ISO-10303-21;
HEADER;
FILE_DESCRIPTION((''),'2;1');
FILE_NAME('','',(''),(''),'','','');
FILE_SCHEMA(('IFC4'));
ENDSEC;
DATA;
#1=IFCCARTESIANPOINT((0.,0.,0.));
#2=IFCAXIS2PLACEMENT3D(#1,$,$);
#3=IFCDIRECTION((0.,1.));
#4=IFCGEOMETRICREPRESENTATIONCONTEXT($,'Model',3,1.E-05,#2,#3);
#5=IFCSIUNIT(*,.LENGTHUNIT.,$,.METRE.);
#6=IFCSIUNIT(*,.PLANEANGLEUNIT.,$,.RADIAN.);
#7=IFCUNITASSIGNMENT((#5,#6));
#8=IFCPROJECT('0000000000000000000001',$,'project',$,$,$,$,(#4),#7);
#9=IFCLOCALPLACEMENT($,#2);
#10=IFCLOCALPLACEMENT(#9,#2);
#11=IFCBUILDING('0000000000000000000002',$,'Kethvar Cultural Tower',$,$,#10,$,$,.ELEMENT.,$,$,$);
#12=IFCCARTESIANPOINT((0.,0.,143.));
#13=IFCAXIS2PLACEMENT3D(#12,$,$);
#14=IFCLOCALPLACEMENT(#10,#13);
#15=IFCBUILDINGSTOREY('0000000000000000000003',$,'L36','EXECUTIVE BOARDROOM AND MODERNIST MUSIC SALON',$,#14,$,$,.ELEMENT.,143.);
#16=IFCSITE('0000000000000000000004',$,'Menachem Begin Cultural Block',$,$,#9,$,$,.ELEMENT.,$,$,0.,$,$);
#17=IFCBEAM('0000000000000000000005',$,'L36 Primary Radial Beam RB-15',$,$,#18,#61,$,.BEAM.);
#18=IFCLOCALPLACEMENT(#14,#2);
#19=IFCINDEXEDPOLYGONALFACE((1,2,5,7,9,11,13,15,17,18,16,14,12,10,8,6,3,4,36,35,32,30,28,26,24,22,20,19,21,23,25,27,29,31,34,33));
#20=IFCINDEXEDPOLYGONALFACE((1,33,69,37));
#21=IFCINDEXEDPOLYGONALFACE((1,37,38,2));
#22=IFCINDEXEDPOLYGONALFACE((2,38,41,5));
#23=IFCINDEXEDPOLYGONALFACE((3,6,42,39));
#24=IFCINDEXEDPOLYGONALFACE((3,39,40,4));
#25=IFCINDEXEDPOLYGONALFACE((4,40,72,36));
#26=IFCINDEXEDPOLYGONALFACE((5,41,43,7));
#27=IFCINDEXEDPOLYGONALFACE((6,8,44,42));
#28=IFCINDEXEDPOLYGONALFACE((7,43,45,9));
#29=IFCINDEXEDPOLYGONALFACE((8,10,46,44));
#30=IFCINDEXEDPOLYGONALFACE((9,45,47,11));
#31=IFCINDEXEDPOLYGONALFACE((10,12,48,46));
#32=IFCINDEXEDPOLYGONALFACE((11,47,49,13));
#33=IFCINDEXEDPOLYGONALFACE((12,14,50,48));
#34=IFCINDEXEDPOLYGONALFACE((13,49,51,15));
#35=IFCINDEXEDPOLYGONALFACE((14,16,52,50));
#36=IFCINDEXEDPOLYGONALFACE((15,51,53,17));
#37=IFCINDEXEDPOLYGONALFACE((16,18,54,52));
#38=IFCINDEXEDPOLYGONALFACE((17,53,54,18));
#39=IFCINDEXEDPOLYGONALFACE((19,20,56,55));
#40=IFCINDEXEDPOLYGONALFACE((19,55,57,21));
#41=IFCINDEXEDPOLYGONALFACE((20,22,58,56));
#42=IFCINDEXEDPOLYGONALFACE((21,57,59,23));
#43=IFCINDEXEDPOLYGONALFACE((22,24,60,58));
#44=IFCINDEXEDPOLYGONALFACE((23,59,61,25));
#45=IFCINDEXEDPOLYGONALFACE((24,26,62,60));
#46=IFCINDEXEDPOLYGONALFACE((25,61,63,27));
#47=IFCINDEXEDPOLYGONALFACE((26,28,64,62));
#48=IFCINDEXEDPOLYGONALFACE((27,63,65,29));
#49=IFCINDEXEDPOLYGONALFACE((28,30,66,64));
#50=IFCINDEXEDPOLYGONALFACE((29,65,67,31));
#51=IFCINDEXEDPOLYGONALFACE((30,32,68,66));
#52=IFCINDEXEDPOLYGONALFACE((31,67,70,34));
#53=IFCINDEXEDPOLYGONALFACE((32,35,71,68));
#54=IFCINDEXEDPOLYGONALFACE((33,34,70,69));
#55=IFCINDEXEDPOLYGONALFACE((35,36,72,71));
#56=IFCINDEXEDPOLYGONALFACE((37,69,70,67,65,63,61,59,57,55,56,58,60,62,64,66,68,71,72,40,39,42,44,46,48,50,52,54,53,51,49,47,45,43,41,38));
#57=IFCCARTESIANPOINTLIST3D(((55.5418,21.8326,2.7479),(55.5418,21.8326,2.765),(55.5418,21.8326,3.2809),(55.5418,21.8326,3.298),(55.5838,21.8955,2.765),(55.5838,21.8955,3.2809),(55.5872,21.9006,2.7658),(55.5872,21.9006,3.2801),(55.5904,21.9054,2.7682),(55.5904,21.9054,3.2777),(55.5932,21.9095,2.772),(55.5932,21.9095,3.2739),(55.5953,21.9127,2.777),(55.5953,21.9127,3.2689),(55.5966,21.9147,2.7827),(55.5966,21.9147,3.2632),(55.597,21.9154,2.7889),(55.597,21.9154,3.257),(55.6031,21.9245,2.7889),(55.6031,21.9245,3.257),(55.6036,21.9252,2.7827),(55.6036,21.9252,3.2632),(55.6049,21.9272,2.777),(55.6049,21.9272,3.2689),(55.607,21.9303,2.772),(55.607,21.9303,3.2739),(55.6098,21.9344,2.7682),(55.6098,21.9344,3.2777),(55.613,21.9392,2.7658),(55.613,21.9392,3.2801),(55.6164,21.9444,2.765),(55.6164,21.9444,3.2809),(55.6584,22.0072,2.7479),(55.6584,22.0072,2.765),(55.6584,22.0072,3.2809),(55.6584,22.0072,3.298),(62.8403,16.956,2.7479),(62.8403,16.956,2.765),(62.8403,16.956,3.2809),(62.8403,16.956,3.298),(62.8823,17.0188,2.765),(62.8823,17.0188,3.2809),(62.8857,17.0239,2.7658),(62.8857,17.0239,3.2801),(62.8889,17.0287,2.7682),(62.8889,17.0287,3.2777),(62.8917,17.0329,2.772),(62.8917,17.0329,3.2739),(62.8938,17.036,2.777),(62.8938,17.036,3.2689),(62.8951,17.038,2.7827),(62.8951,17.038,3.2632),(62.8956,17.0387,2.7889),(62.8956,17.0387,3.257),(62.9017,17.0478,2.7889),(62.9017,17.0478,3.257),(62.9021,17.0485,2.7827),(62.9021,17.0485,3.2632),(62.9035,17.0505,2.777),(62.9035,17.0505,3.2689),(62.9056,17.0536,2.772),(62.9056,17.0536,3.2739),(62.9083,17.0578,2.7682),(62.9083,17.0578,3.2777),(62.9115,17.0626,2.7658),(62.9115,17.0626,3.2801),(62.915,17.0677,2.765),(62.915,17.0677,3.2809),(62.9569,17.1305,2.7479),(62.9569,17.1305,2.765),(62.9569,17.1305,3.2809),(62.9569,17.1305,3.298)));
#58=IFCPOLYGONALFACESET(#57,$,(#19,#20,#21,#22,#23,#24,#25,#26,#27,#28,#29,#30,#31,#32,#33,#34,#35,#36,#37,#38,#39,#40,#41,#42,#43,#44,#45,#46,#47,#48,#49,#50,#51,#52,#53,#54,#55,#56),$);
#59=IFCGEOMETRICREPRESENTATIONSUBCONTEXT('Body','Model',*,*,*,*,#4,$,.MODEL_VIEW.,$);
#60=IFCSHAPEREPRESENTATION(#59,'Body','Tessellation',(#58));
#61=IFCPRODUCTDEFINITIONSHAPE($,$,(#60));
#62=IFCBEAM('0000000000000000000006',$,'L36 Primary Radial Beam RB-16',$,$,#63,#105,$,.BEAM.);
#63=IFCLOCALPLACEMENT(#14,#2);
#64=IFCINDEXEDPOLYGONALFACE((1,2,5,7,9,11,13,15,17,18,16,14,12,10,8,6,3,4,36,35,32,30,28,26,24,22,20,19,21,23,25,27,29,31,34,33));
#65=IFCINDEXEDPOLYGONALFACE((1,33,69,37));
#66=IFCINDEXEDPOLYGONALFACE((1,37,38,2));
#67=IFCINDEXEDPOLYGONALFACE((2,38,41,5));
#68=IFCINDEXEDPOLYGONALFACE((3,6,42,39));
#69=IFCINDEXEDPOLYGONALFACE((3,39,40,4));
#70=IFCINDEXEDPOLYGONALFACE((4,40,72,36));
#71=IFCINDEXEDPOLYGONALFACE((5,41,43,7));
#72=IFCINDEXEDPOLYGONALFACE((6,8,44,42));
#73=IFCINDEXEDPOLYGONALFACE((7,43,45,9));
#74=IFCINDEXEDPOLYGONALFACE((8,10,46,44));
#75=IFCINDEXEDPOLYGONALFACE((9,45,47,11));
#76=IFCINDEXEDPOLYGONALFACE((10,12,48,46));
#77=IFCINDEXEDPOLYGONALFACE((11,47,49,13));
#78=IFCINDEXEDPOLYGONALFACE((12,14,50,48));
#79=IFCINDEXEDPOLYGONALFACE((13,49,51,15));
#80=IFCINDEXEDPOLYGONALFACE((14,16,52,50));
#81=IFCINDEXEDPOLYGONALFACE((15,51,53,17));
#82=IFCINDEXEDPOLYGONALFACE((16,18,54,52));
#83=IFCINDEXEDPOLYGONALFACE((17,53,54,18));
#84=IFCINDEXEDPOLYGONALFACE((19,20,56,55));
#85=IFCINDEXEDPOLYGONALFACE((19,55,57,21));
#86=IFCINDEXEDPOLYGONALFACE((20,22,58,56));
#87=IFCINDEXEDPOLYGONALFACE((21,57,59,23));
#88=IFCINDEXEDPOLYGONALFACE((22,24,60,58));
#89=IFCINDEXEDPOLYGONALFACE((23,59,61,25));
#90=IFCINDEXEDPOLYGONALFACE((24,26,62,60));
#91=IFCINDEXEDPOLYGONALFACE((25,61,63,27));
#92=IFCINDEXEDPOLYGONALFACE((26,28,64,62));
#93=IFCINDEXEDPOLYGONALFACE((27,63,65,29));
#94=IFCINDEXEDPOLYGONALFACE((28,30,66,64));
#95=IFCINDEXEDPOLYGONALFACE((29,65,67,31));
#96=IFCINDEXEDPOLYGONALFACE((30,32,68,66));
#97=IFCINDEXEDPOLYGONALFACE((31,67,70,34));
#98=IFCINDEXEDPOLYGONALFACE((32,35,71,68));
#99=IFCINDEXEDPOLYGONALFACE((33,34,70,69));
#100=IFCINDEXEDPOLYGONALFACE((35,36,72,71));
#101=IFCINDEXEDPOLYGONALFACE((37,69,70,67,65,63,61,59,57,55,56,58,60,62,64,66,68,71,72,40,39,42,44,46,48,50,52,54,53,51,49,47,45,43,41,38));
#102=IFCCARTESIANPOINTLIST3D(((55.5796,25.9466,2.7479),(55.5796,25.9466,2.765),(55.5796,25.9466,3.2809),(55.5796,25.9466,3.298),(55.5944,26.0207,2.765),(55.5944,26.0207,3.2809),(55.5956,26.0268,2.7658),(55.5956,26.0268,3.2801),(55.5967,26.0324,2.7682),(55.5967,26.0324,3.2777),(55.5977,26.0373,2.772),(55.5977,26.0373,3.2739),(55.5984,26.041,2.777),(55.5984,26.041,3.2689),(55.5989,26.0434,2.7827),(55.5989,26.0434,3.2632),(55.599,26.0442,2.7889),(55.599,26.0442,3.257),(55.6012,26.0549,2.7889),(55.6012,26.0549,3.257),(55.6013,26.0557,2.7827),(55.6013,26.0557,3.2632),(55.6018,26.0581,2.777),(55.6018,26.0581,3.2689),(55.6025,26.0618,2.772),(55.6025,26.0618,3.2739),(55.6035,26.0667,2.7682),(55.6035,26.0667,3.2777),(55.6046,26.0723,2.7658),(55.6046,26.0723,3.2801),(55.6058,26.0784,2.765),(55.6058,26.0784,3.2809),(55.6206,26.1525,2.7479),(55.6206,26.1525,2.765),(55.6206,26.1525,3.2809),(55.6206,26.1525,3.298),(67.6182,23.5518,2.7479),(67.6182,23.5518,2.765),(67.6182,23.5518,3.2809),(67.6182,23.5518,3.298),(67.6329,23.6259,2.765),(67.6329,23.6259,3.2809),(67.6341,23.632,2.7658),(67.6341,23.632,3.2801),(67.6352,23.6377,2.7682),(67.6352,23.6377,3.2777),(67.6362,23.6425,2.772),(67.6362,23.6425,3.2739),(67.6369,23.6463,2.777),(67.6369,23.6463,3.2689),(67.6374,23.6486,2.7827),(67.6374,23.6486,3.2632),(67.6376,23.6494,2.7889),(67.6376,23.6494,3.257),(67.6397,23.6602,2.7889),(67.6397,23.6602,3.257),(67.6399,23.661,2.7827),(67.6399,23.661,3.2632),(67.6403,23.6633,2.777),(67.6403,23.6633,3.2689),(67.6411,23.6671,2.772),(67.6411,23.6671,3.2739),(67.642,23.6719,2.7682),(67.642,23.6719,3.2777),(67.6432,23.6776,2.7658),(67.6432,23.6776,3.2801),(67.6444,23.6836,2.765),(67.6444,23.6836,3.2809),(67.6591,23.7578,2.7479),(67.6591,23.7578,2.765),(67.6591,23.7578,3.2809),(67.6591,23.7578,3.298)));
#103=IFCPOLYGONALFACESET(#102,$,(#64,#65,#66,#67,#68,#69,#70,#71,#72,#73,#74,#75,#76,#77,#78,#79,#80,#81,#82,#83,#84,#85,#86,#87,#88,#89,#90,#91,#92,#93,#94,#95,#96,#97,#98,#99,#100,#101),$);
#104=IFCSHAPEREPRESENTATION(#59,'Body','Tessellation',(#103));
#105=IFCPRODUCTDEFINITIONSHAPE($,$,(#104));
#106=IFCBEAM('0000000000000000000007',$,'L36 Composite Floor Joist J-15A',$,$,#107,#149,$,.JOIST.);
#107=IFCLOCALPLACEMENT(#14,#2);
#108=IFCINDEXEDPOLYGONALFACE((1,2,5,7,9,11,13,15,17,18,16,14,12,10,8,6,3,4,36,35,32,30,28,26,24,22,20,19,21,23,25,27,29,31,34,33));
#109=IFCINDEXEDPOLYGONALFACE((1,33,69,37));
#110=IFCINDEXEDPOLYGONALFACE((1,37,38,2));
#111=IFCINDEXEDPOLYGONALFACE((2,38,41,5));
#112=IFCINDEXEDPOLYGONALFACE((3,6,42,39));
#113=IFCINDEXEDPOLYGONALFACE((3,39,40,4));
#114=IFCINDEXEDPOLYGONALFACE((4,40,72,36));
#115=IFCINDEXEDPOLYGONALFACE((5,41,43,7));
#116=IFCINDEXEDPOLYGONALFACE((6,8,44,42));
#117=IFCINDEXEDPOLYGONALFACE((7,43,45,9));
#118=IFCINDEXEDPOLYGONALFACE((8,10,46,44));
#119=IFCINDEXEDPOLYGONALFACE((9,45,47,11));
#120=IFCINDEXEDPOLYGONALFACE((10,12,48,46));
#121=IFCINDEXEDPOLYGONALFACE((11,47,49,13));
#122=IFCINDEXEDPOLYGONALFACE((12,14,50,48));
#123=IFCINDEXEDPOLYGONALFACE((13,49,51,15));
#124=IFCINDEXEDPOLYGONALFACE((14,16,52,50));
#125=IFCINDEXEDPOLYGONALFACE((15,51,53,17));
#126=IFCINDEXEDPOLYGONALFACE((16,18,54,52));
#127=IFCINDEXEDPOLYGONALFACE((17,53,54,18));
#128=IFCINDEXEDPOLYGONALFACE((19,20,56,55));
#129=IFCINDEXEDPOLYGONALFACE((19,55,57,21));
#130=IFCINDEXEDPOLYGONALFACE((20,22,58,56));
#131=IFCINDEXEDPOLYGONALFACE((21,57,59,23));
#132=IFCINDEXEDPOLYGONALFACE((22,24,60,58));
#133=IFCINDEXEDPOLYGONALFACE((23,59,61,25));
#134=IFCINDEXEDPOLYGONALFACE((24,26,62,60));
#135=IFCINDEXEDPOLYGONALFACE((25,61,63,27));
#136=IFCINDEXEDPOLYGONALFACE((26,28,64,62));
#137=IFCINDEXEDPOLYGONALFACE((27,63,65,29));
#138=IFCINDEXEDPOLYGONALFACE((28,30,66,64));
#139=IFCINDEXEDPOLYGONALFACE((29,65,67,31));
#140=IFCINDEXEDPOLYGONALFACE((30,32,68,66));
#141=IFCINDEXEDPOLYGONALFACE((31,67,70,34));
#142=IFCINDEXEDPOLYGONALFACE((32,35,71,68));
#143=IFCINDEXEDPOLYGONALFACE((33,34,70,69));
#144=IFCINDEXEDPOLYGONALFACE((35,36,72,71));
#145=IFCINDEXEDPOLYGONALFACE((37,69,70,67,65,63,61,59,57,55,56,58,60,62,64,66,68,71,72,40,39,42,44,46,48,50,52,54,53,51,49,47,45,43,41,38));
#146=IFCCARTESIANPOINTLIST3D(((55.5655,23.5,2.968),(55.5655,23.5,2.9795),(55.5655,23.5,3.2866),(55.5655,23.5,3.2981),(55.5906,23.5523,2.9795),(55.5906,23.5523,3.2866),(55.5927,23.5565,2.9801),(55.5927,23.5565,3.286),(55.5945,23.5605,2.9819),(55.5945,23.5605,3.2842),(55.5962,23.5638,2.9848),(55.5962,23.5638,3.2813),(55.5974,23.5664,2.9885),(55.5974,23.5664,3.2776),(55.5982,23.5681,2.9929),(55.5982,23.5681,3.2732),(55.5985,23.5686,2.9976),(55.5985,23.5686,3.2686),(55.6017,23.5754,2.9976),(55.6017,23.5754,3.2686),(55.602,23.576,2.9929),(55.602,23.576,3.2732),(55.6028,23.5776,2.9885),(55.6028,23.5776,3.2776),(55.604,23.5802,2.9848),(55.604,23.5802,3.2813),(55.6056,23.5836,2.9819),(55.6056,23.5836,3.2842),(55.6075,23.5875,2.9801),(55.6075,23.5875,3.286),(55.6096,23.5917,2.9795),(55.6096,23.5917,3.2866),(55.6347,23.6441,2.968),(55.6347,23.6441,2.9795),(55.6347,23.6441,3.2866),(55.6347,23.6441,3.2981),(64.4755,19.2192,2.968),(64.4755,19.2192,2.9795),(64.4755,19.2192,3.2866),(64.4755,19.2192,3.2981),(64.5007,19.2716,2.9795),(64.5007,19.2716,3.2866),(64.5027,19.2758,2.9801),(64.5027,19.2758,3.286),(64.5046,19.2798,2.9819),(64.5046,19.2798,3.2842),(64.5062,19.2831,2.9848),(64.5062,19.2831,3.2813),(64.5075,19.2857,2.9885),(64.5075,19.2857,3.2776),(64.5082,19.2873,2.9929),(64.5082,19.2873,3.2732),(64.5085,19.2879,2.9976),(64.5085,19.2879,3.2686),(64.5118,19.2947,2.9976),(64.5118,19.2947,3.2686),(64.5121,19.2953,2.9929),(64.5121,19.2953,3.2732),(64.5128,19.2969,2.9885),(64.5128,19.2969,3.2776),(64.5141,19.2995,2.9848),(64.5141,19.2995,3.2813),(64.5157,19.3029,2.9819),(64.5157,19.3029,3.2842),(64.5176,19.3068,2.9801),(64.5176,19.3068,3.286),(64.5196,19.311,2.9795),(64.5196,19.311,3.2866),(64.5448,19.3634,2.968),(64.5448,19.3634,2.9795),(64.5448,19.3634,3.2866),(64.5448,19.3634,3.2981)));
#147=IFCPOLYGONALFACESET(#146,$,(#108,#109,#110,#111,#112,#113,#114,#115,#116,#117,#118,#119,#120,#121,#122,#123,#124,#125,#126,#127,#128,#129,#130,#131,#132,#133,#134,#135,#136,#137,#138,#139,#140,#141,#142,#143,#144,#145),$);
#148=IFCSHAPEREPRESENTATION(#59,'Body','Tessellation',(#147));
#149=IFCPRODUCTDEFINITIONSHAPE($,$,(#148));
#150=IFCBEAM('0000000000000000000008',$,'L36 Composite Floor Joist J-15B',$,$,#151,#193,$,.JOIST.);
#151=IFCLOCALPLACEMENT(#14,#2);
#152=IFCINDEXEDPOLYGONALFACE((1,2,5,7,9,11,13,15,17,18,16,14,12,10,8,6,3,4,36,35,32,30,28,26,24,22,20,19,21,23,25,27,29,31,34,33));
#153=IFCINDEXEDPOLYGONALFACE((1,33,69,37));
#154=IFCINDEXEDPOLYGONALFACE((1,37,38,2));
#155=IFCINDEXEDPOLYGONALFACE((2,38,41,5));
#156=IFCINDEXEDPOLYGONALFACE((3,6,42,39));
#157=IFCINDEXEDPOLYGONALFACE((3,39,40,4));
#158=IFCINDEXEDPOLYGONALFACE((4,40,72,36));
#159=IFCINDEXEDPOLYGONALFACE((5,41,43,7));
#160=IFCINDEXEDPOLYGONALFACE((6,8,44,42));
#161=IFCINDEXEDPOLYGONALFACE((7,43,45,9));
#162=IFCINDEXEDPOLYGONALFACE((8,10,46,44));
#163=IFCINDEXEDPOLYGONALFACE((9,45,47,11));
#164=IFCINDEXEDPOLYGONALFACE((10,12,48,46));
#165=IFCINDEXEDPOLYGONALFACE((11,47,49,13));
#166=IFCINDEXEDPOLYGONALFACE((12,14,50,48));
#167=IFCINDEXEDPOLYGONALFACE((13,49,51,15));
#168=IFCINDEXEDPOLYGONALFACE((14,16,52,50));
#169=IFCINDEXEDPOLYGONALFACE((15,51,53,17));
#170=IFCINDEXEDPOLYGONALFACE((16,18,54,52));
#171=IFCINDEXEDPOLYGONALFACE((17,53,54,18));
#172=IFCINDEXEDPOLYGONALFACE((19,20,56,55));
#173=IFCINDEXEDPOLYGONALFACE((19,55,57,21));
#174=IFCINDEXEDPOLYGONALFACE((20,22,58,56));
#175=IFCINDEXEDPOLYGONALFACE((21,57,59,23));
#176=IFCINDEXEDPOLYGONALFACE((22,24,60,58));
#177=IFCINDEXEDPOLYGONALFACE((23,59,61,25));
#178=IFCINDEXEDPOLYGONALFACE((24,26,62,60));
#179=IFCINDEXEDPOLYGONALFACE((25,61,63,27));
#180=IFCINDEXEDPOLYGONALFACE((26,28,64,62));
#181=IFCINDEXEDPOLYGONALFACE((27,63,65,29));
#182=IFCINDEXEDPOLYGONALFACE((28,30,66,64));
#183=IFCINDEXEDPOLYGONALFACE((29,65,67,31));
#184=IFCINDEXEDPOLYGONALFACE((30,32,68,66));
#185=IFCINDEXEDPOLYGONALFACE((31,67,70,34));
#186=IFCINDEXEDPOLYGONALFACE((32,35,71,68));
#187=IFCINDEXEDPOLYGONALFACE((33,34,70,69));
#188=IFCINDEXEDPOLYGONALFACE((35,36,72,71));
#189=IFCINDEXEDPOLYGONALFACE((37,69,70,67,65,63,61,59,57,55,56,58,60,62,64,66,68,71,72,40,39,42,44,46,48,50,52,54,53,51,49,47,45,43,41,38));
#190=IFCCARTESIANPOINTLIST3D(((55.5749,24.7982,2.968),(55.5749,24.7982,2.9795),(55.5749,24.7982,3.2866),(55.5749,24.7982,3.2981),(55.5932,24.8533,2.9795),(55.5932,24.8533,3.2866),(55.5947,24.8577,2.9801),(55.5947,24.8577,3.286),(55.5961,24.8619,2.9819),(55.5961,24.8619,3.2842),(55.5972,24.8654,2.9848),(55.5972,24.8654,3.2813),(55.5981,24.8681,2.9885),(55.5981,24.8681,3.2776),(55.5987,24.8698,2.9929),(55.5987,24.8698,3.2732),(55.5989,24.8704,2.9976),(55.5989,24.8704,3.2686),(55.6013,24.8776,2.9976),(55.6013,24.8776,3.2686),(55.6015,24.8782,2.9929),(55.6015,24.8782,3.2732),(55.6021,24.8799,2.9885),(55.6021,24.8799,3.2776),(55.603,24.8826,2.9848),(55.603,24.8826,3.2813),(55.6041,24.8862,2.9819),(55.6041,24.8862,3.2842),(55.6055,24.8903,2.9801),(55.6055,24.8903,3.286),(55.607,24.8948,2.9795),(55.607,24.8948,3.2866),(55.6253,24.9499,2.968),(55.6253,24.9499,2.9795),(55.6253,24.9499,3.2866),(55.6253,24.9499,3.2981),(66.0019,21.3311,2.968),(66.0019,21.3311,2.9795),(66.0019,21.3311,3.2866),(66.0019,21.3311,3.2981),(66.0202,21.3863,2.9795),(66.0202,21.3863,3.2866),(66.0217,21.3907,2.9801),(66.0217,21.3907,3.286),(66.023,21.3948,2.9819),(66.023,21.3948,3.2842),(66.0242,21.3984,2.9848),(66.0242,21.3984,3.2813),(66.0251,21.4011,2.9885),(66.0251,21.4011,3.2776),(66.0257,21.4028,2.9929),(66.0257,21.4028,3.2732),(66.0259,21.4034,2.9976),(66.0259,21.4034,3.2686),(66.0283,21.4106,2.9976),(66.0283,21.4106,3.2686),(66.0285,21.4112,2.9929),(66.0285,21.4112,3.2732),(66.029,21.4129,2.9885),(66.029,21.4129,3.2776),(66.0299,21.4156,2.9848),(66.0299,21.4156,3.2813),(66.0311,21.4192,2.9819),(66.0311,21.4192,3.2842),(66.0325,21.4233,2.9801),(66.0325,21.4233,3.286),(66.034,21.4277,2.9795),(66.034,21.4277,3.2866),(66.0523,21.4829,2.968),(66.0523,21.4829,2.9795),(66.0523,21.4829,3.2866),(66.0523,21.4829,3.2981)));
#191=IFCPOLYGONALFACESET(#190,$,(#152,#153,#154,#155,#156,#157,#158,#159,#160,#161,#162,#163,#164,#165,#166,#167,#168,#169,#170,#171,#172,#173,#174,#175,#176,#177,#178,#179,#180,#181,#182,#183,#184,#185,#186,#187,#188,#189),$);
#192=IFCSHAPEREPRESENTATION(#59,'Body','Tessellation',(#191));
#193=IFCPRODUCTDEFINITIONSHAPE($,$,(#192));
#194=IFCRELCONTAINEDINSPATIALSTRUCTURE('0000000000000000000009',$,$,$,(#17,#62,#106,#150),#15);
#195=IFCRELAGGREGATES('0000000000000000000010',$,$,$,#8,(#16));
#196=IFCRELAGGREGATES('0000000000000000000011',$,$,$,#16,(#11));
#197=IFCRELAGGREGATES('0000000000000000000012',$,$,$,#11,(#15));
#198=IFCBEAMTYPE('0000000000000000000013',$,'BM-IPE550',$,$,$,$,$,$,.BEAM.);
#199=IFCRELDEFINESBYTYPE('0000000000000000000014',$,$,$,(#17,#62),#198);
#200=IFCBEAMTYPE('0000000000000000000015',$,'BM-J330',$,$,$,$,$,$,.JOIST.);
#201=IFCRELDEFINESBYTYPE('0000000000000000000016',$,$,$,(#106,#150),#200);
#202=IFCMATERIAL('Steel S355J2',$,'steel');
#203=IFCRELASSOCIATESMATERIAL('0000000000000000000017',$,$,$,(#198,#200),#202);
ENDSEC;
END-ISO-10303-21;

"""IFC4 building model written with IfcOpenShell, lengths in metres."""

from ifc_helpers import new_model, si_unit, direction, frame, origin, origin_2d, place, context, subcontext, project, spatial, i_section, extrude, source, transform, mapped, material, material_profile, profile_set, type_object, element, save


model = new_model("IFC4")

# Units and contexts
model_context = context("Model", 3, precision=1e-05, world=origin(), true_north=direction((0.0, 1.0)))
body_context = subcontext(model_context, "Body", "Model", "MODEL_VIEW")
ifc_project = project(units=[si_unit("LENGTHUNIT", "METRE"), si_unit("PLANEANGLEUNIT", "RADIAN")], contexts=[model_context])

# Site, building, storey
site_placement = place(None, origin())
site = spatial("IfcSite", under=ifc_project, at=site_placement, Name="Menachem Begin Cultural Block", CompositionType="ELEMENT", RefElevation=0.0)
building_placement = place(site_placement, origin())
building = spatial("IfcBuilding", under=site, at=building_placement, Name="Kethvar Cultural Tower", CompositionType="ELEMENT")
storey_placement = place(building_placement, frame((0.0, 0.0, 143.0)))
storey = spatial("IfcBuildingStorey", under=building, at=storey_placement, Name="L36", Description="EXECUTIVE BOARDROOM AND MODERNIST MUSIC SALON", CompositionType="ELEMENT", Elevation=143.0)

# Beams
ifc_material_1 = material(Name="Steel S355J2", Category="steel")
ifc_material_profile_1 = material_profile(ifc_material_1, i_section(OverallWidth=0.21, OverallDepth=0.55, WebThickness=0.011, FlangeThickness=0.0171, FilletRadius=0.0239, at=origin_2d()), Name="Steel S355J2 — IPE550")
ifc_profile_set_1 = profile_set([ifc_material_profile_1], Name="Steel S355J2 — IPE550")
beam_type_1 = type_object("IfcBeamType", Name="BM-IPE550", PredefinedType="BEAM", material=ifc_profile_set_1)
shared_shape_1 = source(origin(), body_context, "Body", "SweptSolid", [
    extrude(i_section(OverallWidth=0.21, OverallDepth=0.55, WebThickness=0.011, FlangeThickness=0.0171, FilletRadius=0.0239, at=origin_2d()), origin(), (0.0, 0.0, 1.0), 8.7778),
])
beam_1_placement = place(storey_placement, frame((55.6001, 21.9199, 3.0229), z_axis=(0.831472, -0.555566, 0.0), x_axis=(0.555566, 0.831472, 0.0)))
element("IfcBeam", 1, at=beam_1_placement, inside=storey, type_object=beam_type_1, Name="L36 Primary Radial Beam RB-15", PredefinedType="BEAM", context=body_context, shape_type="MappedRepresentation", body=[
    mapped(shared_shape_1, transform((0.0, 0.0, 0.0), scale=1.0)),
])
shared_shape_2 = source(origin(), body_context, "Body", "SweptSolid", [
    extrude(i_section(OverallWidth=0.21, OverallDepth=0.55, WebThickness=0.011, FlangeThickness=0.0171, FilletRadius=0.0239, at=origin_2d()), origin(), (0.0, 0.0, 1.0), 12.2744),
])
beam_2_placement = place(storey_placement, frame((55.6001, 26.0496, 3.0229), z_axis=(0.980783, -0.195102, 0.0), x_axis=(0.195102, 0.980783, 0.0)))
element("IfcBeam", 2, at=beam_2_placement, inside=storey, type_object=beam_type_1, Name="L36 Primary Radial Beam RB-16", PredefinedType="BEAM", context=body_context, shape_type="MappedRepresentation", body=[
    mapped(shared_shape_2, transform((0.0, 0.0, 0.0), scale=1.0)),
])
ifc_material_profile_2 = material_profile(ifc_material_1, i_section(OverallWidth=0.1599, OverallDepth=0.3301, WebThickness=0.0076, FlangeThickness=0.0115, FilletRadius=0.0181, at=origin_2d()), Name="Steel S355J2 — IPE330")
ifc_profile_set_2 = profile_set([ifc_material_profile_2], Name="Steel S355J2 — IPE330")
beam_type_2 = type_object("IfcBeamType", Name="BM-J330", PredefinedType="JOIST", material=ifc_profile_set_2)
shared_shape_3 = source(origin(), body_context, "Body", "SweptSolid", [
    extrude(i_section(OverallWidth=0.1599, OverallDepth=0.3301, WebThickness=0.0076, FlangeThickness=0.0115, FilletRadius=0.0181, at=origin_2d()), origin(), (0.0, 0.0, 1.0), 9.885),
])
beam_3_placement = place(storey_placement, frame((55.6001, 23.572, 3.1331), z_axis=(0.90137, -0.433051, 0.0), x_axis=(0.433051, 0.90137, 0.0)))
element("IfcBeam", 3, at=beam_3_placement, inside=storey, type_object=beam_type_2, Name="L36 Composite Floor Joist J-15A", PredefinedType="JOIST", context=body_context, shape_type="MappedRepresentation", body=[
    mapped(shared_shape_3, transform((0.0, 0.0, 0.0), scale=1.0)),
])
shared_shape_4 = source(origin(), body_context, "Body", "SweptSolid", [
    extrude(i_section(OverallWidth=0.1599, OverallDepth=0.3301, WebThickness=0.0076, FlangeThickness=0.0115, FilletRadius=0.0181, at=origin_2d()), origin(), (0.0, 0.0, 1.0), 10.9883),
])
beam_4_placement = place(storey_placement, frame((55.6001, 24.874, 3.1331), z_axis=(0.948919, -0.315521, 0.0), x_axis=(0.315521, 0.948919, 0.0)))
element("IfcBeam", 4, at=beam_4_placement, inside=storey, type_object=beam_type_2, Name="L36 Composite Floor Joist J-15B", PredefinedType="JOIST", context=body_context, shape_type="MappedRepresentation", body=[
    mapped(shared_shape_4, transform((0.0, 0.0, 0.0), scale=1.0)),
])

save(model, "model.ifc")
